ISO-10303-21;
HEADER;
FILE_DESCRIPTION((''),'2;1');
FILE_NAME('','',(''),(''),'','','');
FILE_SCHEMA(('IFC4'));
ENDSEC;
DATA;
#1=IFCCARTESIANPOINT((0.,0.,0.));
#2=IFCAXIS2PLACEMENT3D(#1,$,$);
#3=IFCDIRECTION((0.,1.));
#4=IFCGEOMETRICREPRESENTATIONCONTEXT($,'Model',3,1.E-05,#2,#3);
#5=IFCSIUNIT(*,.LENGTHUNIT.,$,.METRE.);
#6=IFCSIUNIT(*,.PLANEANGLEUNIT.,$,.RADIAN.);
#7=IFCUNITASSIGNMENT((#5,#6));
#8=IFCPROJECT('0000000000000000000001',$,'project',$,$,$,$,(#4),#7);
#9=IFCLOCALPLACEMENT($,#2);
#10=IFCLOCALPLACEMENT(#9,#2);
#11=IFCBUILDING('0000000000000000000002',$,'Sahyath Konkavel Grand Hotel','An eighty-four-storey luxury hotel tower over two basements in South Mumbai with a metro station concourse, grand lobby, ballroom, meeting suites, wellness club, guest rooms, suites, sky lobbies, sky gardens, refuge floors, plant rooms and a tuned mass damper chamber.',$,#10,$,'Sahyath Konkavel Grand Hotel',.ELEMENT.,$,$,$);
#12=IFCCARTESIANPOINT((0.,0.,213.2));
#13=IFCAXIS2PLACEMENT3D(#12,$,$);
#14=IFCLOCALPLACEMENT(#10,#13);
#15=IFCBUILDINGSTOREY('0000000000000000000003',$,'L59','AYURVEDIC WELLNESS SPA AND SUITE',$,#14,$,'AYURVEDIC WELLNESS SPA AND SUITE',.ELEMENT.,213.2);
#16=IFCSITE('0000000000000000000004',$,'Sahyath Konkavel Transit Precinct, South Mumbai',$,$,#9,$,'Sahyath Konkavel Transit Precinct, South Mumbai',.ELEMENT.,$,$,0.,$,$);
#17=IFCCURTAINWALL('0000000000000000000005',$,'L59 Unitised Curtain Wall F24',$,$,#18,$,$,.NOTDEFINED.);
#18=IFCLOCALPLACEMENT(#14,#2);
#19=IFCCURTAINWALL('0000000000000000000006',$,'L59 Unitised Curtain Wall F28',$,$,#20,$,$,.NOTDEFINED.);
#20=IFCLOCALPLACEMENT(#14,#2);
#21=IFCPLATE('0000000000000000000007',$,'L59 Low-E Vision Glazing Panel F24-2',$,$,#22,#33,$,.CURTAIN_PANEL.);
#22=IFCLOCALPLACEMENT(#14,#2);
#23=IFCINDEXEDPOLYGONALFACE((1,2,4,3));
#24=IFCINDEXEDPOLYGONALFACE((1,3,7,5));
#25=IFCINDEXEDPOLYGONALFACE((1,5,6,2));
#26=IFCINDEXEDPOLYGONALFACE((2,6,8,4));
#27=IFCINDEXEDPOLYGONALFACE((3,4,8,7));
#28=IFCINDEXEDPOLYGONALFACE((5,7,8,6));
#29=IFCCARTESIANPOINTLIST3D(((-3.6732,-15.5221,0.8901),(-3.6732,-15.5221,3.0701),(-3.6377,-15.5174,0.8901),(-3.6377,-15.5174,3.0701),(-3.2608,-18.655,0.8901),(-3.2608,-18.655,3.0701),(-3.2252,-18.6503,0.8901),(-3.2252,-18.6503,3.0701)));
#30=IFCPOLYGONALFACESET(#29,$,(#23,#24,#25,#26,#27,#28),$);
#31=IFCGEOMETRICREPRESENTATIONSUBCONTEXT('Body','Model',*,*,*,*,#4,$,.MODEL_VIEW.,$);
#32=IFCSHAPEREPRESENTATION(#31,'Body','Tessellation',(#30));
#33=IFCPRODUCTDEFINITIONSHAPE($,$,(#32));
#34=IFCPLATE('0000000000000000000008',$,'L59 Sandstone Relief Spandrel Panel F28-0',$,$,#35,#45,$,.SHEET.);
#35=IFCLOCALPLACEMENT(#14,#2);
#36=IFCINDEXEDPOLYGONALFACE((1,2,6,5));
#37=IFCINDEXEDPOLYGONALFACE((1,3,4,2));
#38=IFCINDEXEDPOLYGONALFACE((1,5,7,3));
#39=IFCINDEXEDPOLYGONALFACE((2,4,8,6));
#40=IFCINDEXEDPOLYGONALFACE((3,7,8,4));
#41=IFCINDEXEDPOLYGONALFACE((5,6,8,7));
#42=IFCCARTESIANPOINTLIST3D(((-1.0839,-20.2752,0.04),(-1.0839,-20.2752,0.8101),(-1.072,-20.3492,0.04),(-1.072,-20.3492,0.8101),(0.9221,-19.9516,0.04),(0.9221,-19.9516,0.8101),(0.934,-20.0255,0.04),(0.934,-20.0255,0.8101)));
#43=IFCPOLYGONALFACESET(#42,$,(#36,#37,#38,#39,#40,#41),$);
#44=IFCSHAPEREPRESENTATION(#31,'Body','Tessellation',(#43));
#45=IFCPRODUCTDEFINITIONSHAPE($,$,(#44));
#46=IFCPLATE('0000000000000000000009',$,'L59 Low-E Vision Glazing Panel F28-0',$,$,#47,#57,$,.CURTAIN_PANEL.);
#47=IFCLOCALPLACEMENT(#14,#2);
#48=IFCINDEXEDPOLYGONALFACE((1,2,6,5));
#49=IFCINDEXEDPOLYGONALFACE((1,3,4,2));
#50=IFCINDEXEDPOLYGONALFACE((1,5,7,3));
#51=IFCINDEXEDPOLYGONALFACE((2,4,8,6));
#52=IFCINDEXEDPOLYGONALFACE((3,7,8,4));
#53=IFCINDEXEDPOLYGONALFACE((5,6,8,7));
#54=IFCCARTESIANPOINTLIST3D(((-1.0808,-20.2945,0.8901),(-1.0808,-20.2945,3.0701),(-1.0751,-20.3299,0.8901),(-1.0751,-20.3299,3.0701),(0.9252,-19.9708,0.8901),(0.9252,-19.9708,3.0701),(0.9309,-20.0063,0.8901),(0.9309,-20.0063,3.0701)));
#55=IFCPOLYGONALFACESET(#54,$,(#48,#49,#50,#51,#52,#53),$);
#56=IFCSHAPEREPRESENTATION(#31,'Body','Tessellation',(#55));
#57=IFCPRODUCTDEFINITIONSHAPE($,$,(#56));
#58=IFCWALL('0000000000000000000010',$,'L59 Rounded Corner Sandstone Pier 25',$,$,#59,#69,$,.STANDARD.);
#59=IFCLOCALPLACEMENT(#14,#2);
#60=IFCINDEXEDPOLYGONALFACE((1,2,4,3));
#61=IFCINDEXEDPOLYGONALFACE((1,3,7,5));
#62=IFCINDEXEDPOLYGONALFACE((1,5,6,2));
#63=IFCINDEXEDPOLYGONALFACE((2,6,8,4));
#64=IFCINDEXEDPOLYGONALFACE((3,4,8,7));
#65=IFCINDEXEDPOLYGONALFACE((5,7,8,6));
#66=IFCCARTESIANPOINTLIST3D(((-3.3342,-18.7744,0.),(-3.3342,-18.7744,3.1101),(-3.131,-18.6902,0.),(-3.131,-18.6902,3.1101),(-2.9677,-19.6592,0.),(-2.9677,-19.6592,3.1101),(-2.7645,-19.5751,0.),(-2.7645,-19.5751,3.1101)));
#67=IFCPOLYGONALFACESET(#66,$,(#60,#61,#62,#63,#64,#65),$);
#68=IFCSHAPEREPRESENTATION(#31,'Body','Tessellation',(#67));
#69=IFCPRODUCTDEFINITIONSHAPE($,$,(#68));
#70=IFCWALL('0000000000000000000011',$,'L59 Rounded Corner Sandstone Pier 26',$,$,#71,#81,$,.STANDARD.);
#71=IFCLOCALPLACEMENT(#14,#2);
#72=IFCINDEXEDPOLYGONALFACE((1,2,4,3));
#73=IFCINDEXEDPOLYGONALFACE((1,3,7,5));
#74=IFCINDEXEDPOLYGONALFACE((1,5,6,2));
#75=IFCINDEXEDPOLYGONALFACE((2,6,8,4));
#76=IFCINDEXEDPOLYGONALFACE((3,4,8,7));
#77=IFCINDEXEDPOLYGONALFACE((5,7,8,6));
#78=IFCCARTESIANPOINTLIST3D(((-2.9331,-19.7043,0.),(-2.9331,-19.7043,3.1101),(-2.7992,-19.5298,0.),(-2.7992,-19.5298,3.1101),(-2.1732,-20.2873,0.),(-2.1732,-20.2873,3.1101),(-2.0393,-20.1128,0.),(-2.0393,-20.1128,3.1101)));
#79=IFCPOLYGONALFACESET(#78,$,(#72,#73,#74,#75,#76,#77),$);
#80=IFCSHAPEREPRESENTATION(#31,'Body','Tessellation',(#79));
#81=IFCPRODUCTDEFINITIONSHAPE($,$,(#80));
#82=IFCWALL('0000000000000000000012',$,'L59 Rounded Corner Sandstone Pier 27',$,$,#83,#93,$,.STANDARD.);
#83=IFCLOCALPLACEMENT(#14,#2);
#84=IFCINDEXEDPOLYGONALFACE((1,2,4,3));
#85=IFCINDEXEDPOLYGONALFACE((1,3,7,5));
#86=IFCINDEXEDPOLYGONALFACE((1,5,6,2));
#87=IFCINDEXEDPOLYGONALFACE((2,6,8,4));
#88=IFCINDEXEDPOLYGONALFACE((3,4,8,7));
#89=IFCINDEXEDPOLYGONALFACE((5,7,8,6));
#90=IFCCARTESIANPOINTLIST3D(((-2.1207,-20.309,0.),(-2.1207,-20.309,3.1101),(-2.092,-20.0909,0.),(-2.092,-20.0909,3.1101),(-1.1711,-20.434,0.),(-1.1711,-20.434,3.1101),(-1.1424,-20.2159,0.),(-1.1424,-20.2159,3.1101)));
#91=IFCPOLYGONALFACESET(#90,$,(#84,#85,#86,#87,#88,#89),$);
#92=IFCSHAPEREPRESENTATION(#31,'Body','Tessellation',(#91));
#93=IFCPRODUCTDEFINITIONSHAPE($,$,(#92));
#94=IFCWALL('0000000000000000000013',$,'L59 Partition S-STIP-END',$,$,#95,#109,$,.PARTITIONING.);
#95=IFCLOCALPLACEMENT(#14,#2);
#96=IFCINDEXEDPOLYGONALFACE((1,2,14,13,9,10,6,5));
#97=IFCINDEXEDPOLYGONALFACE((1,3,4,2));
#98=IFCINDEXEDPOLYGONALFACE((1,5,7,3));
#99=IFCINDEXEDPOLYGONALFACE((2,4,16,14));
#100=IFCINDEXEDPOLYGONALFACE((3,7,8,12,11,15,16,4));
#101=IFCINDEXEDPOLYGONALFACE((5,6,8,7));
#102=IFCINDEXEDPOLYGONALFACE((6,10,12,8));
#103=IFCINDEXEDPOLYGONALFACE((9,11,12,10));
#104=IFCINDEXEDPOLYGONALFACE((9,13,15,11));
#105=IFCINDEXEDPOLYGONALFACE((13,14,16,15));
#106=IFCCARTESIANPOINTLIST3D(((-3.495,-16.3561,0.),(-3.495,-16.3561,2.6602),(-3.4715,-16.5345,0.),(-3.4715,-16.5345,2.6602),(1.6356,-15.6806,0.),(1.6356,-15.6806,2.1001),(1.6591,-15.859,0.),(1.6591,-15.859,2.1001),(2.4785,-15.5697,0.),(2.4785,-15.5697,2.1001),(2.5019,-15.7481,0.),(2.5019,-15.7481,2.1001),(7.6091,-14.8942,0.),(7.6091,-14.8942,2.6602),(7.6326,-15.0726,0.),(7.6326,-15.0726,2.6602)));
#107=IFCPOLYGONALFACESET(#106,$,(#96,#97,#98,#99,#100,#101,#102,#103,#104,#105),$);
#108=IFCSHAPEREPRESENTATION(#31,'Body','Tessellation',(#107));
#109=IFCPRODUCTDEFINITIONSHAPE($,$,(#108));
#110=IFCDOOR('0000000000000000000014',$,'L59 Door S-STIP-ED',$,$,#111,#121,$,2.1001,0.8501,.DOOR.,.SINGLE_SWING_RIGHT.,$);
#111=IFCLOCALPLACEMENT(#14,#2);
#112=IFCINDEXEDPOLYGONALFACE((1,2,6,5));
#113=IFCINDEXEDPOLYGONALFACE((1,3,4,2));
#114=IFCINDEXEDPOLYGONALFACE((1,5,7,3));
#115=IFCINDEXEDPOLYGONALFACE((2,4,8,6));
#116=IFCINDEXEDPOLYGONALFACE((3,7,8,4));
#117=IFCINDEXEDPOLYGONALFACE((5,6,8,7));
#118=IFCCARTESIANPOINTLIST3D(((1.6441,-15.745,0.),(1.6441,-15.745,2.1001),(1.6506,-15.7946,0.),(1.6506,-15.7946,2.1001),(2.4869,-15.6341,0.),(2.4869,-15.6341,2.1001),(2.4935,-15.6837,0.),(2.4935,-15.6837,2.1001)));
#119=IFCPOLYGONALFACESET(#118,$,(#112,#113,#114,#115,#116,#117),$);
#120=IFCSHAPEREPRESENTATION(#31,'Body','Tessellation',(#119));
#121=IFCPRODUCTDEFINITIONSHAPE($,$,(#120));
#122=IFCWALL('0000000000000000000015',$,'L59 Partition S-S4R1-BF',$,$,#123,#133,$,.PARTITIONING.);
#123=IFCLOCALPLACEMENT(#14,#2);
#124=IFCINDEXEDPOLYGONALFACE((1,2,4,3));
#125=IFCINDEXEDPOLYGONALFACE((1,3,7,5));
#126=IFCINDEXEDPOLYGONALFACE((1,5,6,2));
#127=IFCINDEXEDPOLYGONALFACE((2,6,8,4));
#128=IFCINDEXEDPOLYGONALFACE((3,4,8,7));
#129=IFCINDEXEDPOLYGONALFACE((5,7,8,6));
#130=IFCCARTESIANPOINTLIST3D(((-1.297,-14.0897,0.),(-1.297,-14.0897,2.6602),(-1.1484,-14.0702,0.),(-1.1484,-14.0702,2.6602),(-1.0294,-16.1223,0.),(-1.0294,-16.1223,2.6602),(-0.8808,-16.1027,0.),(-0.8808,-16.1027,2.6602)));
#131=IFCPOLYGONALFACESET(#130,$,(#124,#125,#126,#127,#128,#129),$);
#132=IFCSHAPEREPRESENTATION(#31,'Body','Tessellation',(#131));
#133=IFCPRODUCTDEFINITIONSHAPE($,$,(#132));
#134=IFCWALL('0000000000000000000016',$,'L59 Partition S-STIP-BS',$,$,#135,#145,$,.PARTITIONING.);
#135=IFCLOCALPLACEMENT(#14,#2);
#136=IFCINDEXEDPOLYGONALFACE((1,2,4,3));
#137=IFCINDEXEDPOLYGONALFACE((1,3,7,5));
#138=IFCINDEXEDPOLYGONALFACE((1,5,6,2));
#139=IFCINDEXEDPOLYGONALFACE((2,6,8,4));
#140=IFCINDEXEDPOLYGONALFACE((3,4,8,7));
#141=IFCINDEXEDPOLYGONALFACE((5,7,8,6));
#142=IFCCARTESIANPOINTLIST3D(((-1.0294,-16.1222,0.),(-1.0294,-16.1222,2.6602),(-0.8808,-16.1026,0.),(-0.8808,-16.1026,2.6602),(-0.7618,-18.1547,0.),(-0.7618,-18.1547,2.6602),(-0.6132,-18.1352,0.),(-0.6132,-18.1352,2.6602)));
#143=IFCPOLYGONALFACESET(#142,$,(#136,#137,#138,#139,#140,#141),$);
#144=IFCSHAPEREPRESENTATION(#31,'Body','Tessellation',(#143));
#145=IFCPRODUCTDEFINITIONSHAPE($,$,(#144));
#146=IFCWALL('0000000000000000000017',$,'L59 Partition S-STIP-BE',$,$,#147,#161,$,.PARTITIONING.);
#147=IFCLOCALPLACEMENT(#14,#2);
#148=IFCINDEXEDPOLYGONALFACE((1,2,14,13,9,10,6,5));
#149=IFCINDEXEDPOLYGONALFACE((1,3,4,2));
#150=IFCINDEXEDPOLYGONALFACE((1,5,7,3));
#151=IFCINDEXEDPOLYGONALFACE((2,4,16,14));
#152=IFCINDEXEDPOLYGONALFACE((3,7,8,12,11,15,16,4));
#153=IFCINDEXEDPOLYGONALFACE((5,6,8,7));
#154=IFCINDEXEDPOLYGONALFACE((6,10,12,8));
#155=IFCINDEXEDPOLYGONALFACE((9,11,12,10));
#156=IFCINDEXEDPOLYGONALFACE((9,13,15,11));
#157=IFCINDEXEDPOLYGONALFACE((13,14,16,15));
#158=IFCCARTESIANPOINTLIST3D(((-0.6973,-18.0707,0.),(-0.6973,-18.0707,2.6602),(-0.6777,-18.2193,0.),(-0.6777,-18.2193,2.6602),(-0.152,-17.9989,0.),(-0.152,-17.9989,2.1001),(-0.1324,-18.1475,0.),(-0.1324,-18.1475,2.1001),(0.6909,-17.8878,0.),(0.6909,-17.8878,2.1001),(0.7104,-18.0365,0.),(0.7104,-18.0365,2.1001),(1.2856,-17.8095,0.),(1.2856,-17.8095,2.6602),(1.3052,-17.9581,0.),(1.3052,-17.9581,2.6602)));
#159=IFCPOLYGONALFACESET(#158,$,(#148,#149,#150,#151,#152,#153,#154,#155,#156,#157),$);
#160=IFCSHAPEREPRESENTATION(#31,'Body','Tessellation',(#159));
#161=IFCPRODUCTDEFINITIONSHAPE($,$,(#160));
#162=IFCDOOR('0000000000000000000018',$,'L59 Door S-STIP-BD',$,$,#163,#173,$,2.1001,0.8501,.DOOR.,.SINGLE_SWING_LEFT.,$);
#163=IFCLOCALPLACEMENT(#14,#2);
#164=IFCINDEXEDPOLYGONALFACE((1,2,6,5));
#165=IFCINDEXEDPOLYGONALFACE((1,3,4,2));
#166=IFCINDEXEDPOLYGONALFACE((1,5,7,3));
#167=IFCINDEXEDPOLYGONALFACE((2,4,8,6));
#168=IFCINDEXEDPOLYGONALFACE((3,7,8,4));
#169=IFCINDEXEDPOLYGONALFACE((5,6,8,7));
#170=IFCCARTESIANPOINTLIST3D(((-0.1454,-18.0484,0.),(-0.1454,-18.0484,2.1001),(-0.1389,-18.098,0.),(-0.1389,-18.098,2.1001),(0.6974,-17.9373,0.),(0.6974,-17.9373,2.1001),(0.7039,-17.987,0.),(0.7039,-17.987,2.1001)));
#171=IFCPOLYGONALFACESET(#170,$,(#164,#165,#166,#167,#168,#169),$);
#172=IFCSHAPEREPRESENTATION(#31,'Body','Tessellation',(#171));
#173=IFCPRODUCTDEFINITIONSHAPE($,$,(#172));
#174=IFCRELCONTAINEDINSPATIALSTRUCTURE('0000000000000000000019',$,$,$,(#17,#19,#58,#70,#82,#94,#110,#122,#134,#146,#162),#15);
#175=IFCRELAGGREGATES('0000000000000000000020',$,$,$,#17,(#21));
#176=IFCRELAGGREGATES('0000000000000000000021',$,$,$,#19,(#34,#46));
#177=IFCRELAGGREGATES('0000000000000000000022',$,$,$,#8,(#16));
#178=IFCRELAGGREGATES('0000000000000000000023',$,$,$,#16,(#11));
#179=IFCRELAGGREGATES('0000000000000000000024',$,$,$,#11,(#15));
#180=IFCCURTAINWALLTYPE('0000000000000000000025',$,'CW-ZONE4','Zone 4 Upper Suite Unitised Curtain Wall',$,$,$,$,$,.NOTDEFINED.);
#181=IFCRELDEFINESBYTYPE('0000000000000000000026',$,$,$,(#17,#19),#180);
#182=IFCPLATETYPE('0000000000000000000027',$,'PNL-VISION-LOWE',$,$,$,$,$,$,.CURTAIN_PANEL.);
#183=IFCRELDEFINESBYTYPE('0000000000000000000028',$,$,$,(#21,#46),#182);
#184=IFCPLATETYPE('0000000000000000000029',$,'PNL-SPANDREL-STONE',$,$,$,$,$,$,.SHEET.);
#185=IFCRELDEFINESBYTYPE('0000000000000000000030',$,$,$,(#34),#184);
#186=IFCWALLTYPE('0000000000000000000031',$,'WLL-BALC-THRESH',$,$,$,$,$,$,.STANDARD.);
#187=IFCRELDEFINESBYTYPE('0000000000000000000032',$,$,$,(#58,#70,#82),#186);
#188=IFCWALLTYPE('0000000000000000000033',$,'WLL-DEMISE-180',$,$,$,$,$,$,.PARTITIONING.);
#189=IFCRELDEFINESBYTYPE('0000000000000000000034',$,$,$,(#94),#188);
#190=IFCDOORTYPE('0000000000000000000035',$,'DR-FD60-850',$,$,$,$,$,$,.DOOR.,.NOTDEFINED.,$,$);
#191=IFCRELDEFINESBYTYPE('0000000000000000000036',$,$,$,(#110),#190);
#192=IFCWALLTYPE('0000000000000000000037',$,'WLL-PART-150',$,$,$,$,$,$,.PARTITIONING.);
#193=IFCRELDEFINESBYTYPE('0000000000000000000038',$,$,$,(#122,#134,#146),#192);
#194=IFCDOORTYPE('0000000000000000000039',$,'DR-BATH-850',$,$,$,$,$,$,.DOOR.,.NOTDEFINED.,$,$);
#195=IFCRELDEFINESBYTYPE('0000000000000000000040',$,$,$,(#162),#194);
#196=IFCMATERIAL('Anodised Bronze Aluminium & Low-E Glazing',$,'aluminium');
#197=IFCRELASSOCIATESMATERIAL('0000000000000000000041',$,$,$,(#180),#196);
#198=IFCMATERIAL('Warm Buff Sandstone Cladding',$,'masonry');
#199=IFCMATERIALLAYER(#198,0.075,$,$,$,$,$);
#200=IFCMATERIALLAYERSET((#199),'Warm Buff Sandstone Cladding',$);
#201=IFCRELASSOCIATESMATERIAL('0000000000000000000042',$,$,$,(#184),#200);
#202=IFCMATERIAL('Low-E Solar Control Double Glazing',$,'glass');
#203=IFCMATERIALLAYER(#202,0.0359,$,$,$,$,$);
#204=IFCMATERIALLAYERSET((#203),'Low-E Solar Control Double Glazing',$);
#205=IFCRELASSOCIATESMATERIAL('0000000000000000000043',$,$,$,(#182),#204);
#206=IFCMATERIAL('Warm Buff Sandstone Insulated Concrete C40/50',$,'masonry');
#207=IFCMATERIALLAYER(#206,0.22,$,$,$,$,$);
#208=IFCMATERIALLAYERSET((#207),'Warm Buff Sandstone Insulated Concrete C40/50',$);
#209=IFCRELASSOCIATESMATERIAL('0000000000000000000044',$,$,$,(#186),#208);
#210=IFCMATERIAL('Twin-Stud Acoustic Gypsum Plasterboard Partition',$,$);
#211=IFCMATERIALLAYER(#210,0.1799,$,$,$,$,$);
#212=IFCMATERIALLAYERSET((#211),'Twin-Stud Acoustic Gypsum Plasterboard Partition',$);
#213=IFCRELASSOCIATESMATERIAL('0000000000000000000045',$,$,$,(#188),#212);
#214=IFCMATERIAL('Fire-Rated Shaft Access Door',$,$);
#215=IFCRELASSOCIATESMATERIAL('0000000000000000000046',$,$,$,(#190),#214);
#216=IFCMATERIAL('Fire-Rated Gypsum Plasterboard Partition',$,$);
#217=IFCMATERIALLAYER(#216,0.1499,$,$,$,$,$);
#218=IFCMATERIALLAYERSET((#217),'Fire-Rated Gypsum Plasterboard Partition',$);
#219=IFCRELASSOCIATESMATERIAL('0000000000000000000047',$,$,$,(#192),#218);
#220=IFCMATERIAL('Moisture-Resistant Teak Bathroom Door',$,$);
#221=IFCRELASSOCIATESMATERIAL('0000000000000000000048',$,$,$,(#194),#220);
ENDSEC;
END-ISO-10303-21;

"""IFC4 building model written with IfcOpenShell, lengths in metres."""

from ifc_helpers import new_model, si_unit, direction, frame, frame_2d, origin, origin_2d, place, context, subcontext, project, spatial, rectangle, extrude, source, transform, mapped, material, layer, layer_set, type_object, element, fill, aggregate, save


model = new_model("IFC4")

# Units and contexts
model_context = context("Model", 3, precision=1e-05, world=origin(), true_north=direction((0.0, 1.0)))
body_context = subcontext(model_context, "Body", "Model", "MODEL_VIEW")
ifc_project = project(units=[si_unit("LENGTHUNIT", "METRE"), si_unit("PLANEANGLEUNIT", "RADIAN")], contexts=[model_context])

# Site, building, storey
site_placement = place(None, origin())
site = spatial("IfcSite", under=ifc_project, at=site_placement, Name="Sahyath Konkavel Transit Precinct, South Mumbai", LongName="Sahyath Konkavel Transit Precinct, South Mumbai", CompositionType="ELEMENT", RefElevation=0.0)
building_placement = place(site_placement, origin())
building = spatial("IfcBuilding", under=site, at=building_placement, Name="Sahyath Konkavel Grand Hotel", Description="An eighty-four-storey luxury hotel tower over two basements in South Mumbai with a metro station concourse, grand lobby, ballroom, meeting suites, wellness club, guest rooms, suites, sky lobbies, sky gardens, refuge floors, plant rooms and a tuned mass damper chamber.", LongName="Sahyath Konkavel Grand Hotel", CompositionType="ELEMENT")
storey_placement = place(building_placement, frame((0.0, 0.0, 213.2)))
storey = spatial("IfcBuildingStorey", under=building, at=storey_placement, Name="L59", Description="AYURVEDIC WELLNESS SPA AND SUITE", LongName="AYURVEDIC WELLNESS SPA AND SUITE", CompositionType="ELEMENT", Elevation=213.2)

# Curtain wall
ifc_material_1 = material(Name="Anodised Bronze Aluminium & Low-E Glazing", Category="aluminium")
curtain_wall_type = type_object("IfcCurtainWallType", Name="CW-ZONE4", Description="Zone 4 Upper Suite Unitised Curtain Wall", PredefinedType="NOTDEFINED", material=ifc_material_1)
curtain_wall_1_placement = place(storey_placement, origin())
curtain_wall_1 = element("IfcCurtainWall", 1, at=curtain_wall_1_placement, inside=storey, type_object=curtain_wall_type, Name="L59 Unitised Curtain Wall F24", PredefinedType="NOTDEFINED")

# Curtain wall
curtain_wall_2_placement = place(storey_placement, origin())
curtain_wall_2 = element("IfcCurtainWall", 2, at=curtain_wall_2_placement, inside=storey, type_object=curtain_wall_type, Name="L59 Unitised Curtain Wall F28", PredefinedType="NOTDEFINED")

# Plates
ifc_material_2 = material(Name="Warm Buff Sandstone Cladding", Category="masonry")
ifc_layer_1 = layer(ifc_material_2, 0.075)
ifc_layer_set_1 = layer_set([ifc_layer_1], Name="Warm Buff Sandstone Cladding")
plate_type_1 = type_object("IfcPlateType", Name="PNL-SPANDREL-STONE", PredefinedType="SHEET", material=ifc_layer_set_1)
ifc_material_3 = material(Name="Low-E Solar Control Double Glazing", Category="glass")
ifc_layer_2 = layer(ifc_material_3, 0.0359)
ifc_layer_set_2 = layer_set([ifc_layer_2], Name="Low-E Solar Control Double Glazing")
plate_type_2 = type_object("IfcPlateType", Name="PNL-VISION-LOWE", PredefinedType="CURTAIN_PANEL", material=ifc_layer_set_2)
shared_shape_1 = source(origin(), body_context, "Body", "SweptSolid", [
    extrude(rectangle(XDim=3.1599, YDim=0.0359, at=origin_2d()), origin(), (0.0, 0.0, 1.0), 2.1799),
])
plate_1_placement = place(storey_placement, frame((-3.4492, -17.0862, 0.8901), z_axis=(0.0, 0.0, 1.0), x_axis=(0.130526, -0.991445, 0.0)))
plate_1 = element("IfcPlate", 3, at=plate_1_placement, type_object=plate_type_2, Name="L59 Low-E Vision Glazing Panel F24-2", PredefinedType="CURTAIN_PANEL", context=body_context, shape_type="MappedRepresentation", body=[
    mapped(shared_shape_1, transform((0.0, 0.0, 0.0), scale=1.0)),
])
aggregate(curtain_wall_1, [plate_1])
shared_shape_2 = source(origin(), body_context, "Body", "SweptSolid", [
    extrude(rectangle(XDim=2.032, YDim=0.075, at=origin_2d()), origin(), (0.0, 0.0, 1.0), 0.77),
])
plate_2_placement = place(storey_placement, frame((-0.075, -20.1504, 0.04), z_axis=(0.0, 0.0, 1.0), x_axis=(0.987231, 0.159295, 0.0)))
plate_2 = element("IfcPlate", 4, at=plate_2_placement, type_object=plate_type_1, Name="L59 Sandstone Relief Spandrel Panel F28-0", PredefinedType="SHEET", context=body_context, shape_type="MappedRepresentation", body=[
    mapped(shared_shape_2, transform((0.0, 0.0, 0.0), scale=1.0)),
])
shared_shape_3 = source(origin(), body_context, "Body", "SweptSolid", [
    extrude(rectangle(XDim=2.032, YDim=0.0359, at=origin_2d()), origin(), (0.0, 0.0, 1.0), 2.1799),
])
plate_3_placement = place(storey_placement, frame((-0.075, -20.1504, 0.8901), z_axis=(0.0, 0.0, 1.0), x_axis=(0.987231, 0.159295, 0.0)))
plate_3 = element("IfcPlate", 5, at=plate_3_placement, type_object=plate_type_2, Name="L59 Low-E Vision Glazing Panel F28-0", PredefinedType="CURTAIN_PANEL", context=body_context, shape_type="MappedRepresentation", body=[
    mapped(shared_shape_3, transform((0.0, 0.0, 0.0), scale=1.0)),
])
aggregate(curtain_wall_2, [plate_2, plate_3])

# Walls
ifc_material_4 = material(Name="Warm Buff Sandstone Insulated Concrete C40/50", Category="masonry")
ifc_layer_3 = layer(ifc_material_4, 0.22)
ifc_layer_set_3 = layer_set([ifc_layer_3], Name="Warm Buff Sandstone Insulated Concrete C40/50")
wall_type_1 = type_object("IfcWallType", Name="WLL-BALC-THRESH", PredefinedType="STANDARD", material=ifc_layer_set_3)
for number, where, z_axis, x_axis, name in (
    (6, (-3.2327, -18.7322, 0.0), (0.0, 0.0, 1.0), (0.38266, -0.923889, 0.0), "L59 Rounded Corner Sandstone Pier 25"),
    (7, (-2.8662, -19.6169, 0.0), (0.0, 0.0, 1.0), (0.793344, -0.608774, 0.0), "L59 Rounded Corner Sandstone Pier 26"),
    (8, (-2.1064, -20.2, 0.0), (0.0, 0.0, 1.0), (0.991445, -0.130527, 0.0), "L59 Rounded Corner Sandstone Pier 27"),
):
    element("IfcWall", number, at=place(storey_placement, frame(where, z_axis=z_axis, x_axis=x_axis)), inside=storey, type_object=wall_type_1, Name=name, PredefinedType="STANDARD", context=body_context, shape_type="SweptSolid", body=[
        extrude(rectangle(XDim=0.9578, YDim=0.22, at=frame_2d((0.479, 0.0))), origin(), (0.0, 0.0, 1.0), 3.1101),
    ])

# Wall, opening, door
ifc_material_5 = material(Name="Twin-Stud Acoustic Gypsum Plasterboard Partition")
ifc_layer_4 = layer(ifc_material_5, 0.1799)
ifc_layer_set_4 = layer_set([ifc_layer_4], Name="Twin-Stud Acoustic Gypsum Plasterboard Partition")
wall_type_2 = type_object("IfcWallType", Name="WLL-DEMISE-180", PredefinedType="PARTITIONING", material=ifc_layer_set_4)
wall_1_placement = place(storey_placement, frame((-3.4834, -16.4453, 0.0), z_axis=(0.0, 0.0, 1.0), x_axis=(0.991445, 0.130527, 0.0)))
wall_1 = element("IfcWall", 9, at=wall_1_placement, inside=storey, type_object=wall_type_2, Name="L59 Partition S-STIP-END", PredefinedType="PARTITIONING", context=body_context, shape_type="SweptSolid", body=[
    extrude(rectangle(XDim=11.2, YDim=0.1799, at=frame_2d((5.6001, 0.0))), origin(), (0.0, 0.0, 1.0), 2.6602),
])
opening_1_placement = place(wall_1_placement, frame((5.175, 0.0, 0.0)))
opening_1 = element("IfcOpeningElement", 10, at=opening_1_placement, cuts=wall_1, PredefinedType="OPENING", context=body_context, shape_type="SweptSolid", body=[
    extrude(rectangle(XDim=0.8501, YDim=2.1001, at=frame_2d((0.425, 1.05))), frame((0.0, 0.1001, 0.0), z_axis=(0.0, -1.0, 0.0), x_axis=(1.0, 0.0, 0.0)), (0.0, 0.0, 1.0), 0.2),
])
ifc_material_6 = material(Name="Fire-Rated Shaft Access Door")
door_type_1 = type_object("IfcDoorType", Name="DR-FD60-850", OperationType="NOTDEFINED", PredefinedType="DOOR", material=ifc_material_6)
shared_shape_4 = source(origin(), body_context, "Body", "SweptSolid", [
    extrude(rectangle(XDim=0.8501, YDim=0.05, at=origin_2d()), origin(), (0.0, 0.0, 1.0), 2.1001),
])
door_1_placement = place(opening_1_placement, frame((0.425, 0.0, 0.0)))
door_1 = element("IfcDoor", 11, at=door_1_placement, inside=storey, type_object=door_type_1, Name="L59 Door S-STIP-ED", OperationType="SINGLE_SWING_RIGHT", OverallHeight=2.1001, OverallWidth=0.8501, PredefinedType="DOOR", context=body_context, shape_type="MappedRepresentation", body=[
    mapped(shared_shape_4, transform((0.0, 0.0, 0.0), scale=1.0)),
])
fill(opening_1, door_1)

# Walls
ifc_material_7 = material(Name="Fire-Rated Gypsum Plasterboard Partition")
ifc_layer_5 = layer(ifc_material_7, 0.1499)
ifc_layer_set_5 = layer_set([ifc_layer_5], Name="Fire-Rated Gypsum Plasterboard Partition")
wall_type_3 = type_object("IfcWallType", Name="WLL-PART-150", PredefinedType="PARTITIONING", material=ifc_layer_set_5)
for number, where, z_axis, x_axis, name in (
    (12, (-1.2227, -14.0801, 0.0), (0.0, 0.0, 1.0), (0.130525, -0.991445, 0.0), "L59 Partition S-S4R1-BF"),
    (13, (-0.9551, -16.1125, 0.0), (0.0, 0.0, 1.0), (0.130525, -0.991445, 0.0), "L59 Partition S-STIP-BS"),
):
    element("IfcWall", number, at=place(storey_placement, frame(where, z_axis=z_axis, x_axis=x_axis)), inside=storey, type_object=wall_type_3, Name=name, PredefinedType="PARTITIONING", context=body_context, shape_type="SweptSolid", body=[
        extrude(rectangle(XDim=2.05, YDim=0.1499, at=frame_2d((1.0249, 0.0))), origin(), (0.0, 0.0, 1.0), 2.6602),
    ])

# Wall, opening, door
wall_2_placement = place(storey_placement, frame((-0.6875, -18.145, 0.0), z_axis=(0.0, 0.0, 1.0), x_axis=(0.991434, 0.130612, 0.0)))
wall_2 = element("IfcWall", 14, at=wall_2_placement, inside=storey, type_object=wall_type_3, Name="L59 Partition S-STIP-BE", PredefinedType="PARTITIONING", context=body_context, shape_type="SweptSolid", body=[
    extrude(rectangle(XDim=2.0, YDim=0.1499, at=frame_2d((1.0, 0.0))), origin(), (0.0, 0.0, 1.0), 2.6602),
])
opening_2_placement = place(wall_2_placement, frame((0.55, 0.0, 0.0)))
opening_2 = element("IfcOpeningElement", 15, at=opening_2_placement, cuts=wall_2, PredefinedType="OPENING", context=body_context, shape_type="SweptSolid", body=[
    extrude(rectangle(XDim=0.8501, YDim=2.1001, at=frame_2d((0.425, 1.05))), frame((0.0, 0.085, 0.0), z_axis=(0.0, -1.0, 0.0), x_axis=(1.0, 0.0, 0.0)), (0.0, 0.0, 1.0), 0.1699),
])
ifc_material_8 = material(Name="Moisture-Resistant Teak Bathroom Door")
door_type_2 = type_object("IfcDoorType", Name="DR-BATH-850", OperationType="NOTDEFINED", PredefinedType="DOOR", material=ifc_material_8)
door_2_placement = place(opening_2_placement, frame((0.425, 0.0, 0.0)))
door_2 = element("IfcDoor", 16, at=door_2_placement, inside=storey, type_object=door_type_2, Name="L59 Door S-STIP-BD", OperationType="SINGLE_SWING_LEFT", OverallHeight=2.1001, OverallWidth=0.8501, PredefinedType="DOOR", context=body_context, shape_type="MappedRepresentation", body=[
    mapped(shared_shape_4, transform((0.0, 0.0, 0.0), scale=1.0)),
])
fill(opening_2, door_2)

save(model, "model.ifc")
